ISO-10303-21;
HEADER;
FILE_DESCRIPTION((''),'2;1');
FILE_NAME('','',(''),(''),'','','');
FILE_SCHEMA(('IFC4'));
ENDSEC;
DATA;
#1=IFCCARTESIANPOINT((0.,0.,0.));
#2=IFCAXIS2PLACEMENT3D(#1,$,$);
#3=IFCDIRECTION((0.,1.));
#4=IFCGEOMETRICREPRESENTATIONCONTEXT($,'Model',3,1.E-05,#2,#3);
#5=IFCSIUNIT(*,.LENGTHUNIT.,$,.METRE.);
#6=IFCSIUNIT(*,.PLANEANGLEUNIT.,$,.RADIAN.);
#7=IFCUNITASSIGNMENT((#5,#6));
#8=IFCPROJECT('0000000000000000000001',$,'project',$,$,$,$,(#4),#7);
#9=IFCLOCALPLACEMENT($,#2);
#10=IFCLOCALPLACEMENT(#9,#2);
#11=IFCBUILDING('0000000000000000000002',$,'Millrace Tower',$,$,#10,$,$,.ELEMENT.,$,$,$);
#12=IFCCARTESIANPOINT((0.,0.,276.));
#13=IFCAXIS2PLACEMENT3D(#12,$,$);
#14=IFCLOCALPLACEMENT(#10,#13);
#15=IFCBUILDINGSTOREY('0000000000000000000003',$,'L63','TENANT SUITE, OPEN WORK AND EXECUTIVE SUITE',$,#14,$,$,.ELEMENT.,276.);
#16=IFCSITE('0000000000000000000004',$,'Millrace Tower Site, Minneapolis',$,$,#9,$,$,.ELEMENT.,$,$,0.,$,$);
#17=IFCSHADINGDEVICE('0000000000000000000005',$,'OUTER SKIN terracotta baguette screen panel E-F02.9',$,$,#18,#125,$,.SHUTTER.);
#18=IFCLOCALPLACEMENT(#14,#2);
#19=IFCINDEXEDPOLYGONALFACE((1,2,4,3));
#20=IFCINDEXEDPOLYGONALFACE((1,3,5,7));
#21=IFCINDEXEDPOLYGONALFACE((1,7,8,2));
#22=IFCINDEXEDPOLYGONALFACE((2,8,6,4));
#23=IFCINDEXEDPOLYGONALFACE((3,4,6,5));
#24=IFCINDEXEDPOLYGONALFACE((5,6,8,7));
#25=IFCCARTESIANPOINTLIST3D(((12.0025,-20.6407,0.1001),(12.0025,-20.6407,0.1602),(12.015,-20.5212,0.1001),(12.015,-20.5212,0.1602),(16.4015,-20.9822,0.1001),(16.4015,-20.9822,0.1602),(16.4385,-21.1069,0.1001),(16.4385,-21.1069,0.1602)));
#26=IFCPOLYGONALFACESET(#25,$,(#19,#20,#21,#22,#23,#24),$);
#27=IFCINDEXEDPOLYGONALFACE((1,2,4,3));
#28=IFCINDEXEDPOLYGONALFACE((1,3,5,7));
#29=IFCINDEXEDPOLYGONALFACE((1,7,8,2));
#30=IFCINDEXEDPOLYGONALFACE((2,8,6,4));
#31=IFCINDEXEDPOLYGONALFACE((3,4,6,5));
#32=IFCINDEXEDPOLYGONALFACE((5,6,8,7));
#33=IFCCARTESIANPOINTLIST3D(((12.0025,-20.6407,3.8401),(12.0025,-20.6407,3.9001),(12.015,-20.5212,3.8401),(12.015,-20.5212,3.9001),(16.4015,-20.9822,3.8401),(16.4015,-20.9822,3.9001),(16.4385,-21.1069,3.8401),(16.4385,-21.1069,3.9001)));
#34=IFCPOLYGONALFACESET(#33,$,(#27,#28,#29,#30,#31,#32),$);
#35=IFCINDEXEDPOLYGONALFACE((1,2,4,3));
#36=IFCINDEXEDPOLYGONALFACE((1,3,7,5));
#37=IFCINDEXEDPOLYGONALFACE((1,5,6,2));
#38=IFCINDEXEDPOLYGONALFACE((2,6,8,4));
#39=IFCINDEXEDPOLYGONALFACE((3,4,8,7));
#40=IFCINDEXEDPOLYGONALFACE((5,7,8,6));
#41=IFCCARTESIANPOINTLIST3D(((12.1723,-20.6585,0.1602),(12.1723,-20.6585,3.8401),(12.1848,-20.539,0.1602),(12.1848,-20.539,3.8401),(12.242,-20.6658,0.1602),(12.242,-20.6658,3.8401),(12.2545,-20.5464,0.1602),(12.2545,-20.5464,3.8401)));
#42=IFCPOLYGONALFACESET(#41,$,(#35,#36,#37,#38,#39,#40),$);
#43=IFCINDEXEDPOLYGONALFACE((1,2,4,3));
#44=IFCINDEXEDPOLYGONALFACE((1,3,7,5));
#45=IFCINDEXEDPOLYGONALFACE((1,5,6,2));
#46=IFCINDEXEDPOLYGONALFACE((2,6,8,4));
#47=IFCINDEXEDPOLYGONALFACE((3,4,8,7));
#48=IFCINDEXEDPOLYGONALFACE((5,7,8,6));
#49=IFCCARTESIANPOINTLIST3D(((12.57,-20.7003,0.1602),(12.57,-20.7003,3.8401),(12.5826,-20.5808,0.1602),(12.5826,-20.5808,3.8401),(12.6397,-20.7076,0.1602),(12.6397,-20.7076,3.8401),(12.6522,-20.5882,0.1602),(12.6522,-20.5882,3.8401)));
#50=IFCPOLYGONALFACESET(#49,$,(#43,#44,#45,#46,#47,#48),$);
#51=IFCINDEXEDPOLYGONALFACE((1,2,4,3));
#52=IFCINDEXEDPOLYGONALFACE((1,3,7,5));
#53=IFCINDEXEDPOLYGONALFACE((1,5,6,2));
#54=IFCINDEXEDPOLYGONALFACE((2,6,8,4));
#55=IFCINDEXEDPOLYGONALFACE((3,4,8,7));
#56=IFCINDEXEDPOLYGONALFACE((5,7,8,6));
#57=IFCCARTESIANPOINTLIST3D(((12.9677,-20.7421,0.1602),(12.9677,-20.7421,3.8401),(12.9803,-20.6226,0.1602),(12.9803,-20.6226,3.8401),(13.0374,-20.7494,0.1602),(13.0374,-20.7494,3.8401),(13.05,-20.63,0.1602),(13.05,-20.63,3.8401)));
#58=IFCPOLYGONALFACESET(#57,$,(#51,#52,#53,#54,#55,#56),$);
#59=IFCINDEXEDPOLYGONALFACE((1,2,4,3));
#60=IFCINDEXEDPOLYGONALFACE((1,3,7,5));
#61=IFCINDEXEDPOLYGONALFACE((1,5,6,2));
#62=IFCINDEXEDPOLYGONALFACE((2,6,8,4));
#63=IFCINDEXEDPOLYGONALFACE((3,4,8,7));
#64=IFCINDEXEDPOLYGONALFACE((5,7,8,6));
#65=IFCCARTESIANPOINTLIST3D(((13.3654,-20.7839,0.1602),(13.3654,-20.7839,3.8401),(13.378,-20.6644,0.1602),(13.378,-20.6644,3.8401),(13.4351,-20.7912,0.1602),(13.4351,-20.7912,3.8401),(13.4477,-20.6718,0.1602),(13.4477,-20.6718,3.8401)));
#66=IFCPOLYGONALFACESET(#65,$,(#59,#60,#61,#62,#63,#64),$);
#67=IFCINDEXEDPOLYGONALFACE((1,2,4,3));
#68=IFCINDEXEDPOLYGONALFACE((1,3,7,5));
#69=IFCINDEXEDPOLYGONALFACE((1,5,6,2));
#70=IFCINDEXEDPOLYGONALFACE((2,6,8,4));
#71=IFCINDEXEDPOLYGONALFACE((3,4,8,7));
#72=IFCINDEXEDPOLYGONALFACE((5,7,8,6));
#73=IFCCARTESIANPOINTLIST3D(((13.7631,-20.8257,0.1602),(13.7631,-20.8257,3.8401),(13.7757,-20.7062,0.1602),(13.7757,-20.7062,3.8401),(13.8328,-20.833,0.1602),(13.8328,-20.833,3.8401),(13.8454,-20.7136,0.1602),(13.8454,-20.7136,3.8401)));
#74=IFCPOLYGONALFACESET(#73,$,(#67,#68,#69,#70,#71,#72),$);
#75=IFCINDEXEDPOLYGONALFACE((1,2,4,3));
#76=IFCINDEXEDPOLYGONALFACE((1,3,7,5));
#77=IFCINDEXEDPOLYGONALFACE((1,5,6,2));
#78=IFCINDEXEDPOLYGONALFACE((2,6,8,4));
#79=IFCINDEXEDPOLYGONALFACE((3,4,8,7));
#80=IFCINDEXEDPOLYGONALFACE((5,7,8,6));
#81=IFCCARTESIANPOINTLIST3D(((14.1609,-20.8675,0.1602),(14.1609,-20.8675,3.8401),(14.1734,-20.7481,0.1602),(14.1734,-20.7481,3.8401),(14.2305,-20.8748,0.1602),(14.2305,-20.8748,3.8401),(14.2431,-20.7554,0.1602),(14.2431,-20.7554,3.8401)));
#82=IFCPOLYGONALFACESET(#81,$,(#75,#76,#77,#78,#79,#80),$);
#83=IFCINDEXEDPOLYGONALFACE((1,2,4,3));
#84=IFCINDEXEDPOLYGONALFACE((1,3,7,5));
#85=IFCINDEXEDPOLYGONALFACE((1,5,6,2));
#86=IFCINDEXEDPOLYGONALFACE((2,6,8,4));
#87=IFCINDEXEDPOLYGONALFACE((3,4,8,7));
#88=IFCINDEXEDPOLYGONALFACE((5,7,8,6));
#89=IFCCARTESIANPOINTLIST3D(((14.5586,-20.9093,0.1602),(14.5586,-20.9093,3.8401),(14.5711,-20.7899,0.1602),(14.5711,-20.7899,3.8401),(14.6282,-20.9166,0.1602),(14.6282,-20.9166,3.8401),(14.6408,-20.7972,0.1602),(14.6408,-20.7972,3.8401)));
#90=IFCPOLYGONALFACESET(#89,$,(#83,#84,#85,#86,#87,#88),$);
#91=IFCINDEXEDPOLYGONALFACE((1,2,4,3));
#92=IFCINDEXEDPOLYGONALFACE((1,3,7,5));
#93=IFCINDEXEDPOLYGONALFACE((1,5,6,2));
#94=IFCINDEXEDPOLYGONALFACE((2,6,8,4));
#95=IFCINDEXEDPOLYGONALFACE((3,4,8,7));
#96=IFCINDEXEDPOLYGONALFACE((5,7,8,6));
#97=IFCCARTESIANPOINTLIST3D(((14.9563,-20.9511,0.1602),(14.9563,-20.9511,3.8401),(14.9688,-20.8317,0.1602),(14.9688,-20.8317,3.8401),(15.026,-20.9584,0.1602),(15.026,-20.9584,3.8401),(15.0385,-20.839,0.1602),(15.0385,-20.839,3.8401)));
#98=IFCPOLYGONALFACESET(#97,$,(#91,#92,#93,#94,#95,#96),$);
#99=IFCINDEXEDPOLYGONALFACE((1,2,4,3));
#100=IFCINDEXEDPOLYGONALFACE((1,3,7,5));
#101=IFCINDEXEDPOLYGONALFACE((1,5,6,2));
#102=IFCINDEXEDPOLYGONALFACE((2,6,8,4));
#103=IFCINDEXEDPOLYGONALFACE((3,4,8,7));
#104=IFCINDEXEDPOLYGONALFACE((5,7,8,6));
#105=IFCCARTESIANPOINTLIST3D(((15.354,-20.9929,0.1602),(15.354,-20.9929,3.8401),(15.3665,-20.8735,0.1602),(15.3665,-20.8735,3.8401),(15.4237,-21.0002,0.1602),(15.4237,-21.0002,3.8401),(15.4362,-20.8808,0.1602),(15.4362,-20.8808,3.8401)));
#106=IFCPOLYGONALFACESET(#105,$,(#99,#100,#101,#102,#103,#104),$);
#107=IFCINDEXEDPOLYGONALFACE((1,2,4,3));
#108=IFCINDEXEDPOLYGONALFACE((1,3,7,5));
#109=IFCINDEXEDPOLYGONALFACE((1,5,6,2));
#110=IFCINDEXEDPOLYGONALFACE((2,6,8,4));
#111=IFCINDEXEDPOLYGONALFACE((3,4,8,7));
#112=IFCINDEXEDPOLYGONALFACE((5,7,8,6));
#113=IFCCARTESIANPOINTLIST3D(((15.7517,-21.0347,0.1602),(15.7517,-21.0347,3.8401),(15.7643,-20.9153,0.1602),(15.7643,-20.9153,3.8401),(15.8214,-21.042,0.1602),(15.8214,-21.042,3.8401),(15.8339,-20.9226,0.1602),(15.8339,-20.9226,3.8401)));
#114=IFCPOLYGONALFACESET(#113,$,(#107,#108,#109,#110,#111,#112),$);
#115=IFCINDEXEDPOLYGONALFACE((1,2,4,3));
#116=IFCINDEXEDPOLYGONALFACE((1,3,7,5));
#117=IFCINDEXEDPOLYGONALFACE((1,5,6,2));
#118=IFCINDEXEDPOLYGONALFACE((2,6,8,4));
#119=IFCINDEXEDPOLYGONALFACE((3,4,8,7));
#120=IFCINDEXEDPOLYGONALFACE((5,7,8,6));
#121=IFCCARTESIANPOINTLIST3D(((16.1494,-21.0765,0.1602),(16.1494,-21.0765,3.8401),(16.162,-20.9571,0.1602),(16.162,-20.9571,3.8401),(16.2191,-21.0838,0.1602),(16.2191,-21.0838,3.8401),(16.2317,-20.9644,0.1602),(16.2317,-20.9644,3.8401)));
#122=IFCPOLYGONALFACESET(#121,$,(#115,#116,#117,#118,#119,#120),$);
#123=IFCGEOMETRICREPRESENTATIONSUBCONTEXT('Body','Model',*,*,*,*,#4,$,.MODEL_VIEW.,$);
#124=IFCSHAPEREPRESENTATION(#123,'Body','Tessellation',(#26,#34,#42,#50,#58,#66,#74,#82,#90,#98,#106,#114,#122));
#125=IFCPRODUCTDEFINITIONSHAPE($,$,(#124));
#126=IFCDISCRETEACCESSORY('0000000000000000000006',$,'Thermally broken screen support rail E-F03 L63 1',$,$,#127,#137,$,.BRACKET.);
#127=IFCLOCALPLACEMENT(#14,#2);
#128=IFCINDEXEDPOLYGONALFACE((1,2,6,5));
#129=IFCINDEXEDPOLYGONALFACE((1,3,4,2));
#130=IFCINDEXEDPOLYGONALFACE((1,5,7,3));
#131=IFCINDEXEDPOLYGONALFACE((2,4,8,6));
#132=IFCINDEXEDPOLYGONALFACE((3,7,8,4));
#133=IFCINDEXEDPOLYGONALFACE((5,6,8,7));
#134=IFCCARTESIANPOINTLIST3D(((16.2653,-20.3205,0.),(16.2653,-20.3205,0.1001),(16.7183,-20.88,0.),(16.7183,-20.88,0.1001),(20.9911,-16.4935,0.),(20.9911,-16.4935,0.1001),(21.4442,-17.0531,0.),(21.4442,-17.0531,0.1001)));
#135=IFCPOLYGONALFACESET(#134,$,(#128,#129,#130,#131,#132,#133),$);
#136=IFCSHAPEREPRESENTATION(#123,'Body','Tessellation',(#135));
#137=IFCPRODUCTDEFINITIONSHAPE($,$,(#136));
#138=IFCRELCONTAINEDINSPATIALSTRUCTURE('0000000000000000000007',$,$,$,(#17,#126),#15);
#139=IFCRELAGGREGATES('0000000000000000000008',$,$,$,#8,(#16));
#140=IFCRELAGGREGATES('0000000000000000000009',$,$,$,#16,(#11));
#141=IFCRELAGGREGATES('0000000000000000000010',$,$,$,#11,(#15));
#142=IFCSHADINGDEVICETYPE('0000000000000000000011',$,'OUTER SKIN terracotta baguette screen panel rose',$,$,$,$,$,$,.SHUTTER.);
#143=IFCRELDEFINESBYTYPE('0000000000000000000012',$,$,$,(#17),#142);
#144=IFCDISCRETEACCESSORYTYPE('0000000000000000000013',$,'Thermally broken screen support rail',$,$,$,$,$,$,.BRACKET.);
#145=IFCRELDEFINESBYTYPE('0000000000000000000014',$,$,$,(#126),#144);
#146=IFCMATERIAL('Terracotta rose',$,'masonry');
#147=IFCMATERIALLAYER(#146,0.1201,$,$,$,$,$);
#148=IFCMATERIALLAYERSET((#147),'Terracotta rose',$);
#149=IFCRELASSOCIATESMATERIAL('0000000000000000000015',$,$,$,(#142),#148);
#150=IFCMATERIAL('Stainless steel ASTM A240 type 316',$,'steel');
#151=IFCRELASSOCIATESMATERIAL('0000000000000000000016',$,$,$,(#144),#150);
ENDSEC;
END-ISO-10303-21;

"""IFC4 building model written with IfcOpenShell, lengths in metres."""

from ifc_helpers import new_model, entity, si_unit, direction, frame, frame_2d, origin, origin_2d, place, context, subcontext, project, spatial, rectangle, extrude, source, transform, mapped, material, layer, layer_set, type_object, element, save


model = new_model("IFC4")

# Units and contexts
model_context = context("Model", 3, precision=1e-05, world=origin(), true_north=direction((0.0, 1.0)))
body_context = subcontext(model_context, "Body", "Model", "MODEL_VIEW")
ifc_project = project(units=[si_unit("LENGTHUNIT", "METRE"), si_unit("PLANEANGLEUNIT", "RADIAN")], contexts=[model_context])

# Site, building, storey
site_placement = place(None, origin())
site = spatial("IfcSite", under=ifc_project, at=site_placement, Name="Millrace Tower Site, Minneapolis", CompositionType="ELEMENT", RefElevation=0.0)
building_placement = place(site_placement, origin())
building = spatial("IfcBuilding", under=site, at=building_placement, Name="Millrace Tower", CompositionType="ELEMENT")
storey_placement = place(building_placement, frame((0.0, 0.0, 276.0)))
storey = spatial("IfcBuildingStorey", under=building, at=storey_placement, Name="L63", Description="TENANT SUITE, OPEN WORK AND EXECUTIVE SUITE", CompositionType="ELEMENT", Elevation=276.0)

# Shading device
ifc_material_1 = material(Name="Terracotta rose", Category="masonry")
ifc_layer_1 = layer(ifc_material_1, 0.1201)
ifc_layer_set_1 = layer_set([ifc_layer_1], Name="Terracotta rose")
shading_device_type = type_object("IfcShadingDeviceType", Name="OUTER SKIN terracotta baguette screen panel rose", PredefinedType="SHUTTER", material=ifc_layer_set_1)
cartesian_point_1 = entity("IfcCartesianPoint", [-2.2178, 0.0601])
shared_polyline_1 = entity("IfcPolyline", [cartesian_point_1, entity("IfcCartesianPoint", [2.1929, 0.0601]), entity("IfcCartesianPoint", [2.2427, -0.0601]), entity("IfcCartesianPoint", [-2.2178, -0.0601]), cartesian_point_1])
shared_shape_1 = source(origin(), body_context, "Body", "SweptSolid", [
    entity("IfcExtrudedAreaSolid", entity("IfcArbitraryClosedProfileDef", "AREA", None, shared_polyline_1), entity("IfcAxis2Placement3D", entity("IfcCartesianPoint", [0.0, 0.0, 0.0])), entity("IfcDirection", [0.0, 0.0, 1.0]), 0.0601),
    entity("IfcExtrudedAreaSolid", entity("IfcArbitraryClosedProfileDef", "AREA", None, shared_polyline_1), entity("IfcAxis2Placement3D", entity("IfcCartesianPoint", [0.0, 0.0, 3.74])), entity("IfcDirection", [0.0, 0.0, 1.0]), 0.0601),
    extrude(rectangle(XDim=0.0701, YDim=0.1201, at=frame_2d((-2.012, 0.0))), frame((0.0, 0.0, 0.0601)), (0.0, 0.0, 1.0), 3.6799),
    extrude(rectangle(XDim=0.0701, YDim=0.1201, at=frame_2d((-1.6121, 0.0))), frame((0.0, 0.0, 0.0601)), (0.0, 0.0, 1.0), 3.6799),
    extrude(rectangle(XDim=0.0701, YDim=0.1201, at=frame_2d((-1.2122, 0.0))), frame((0.0, 0.0, 0.0601)), (0.0, 0.0, 1.0), 3.6799),
    extrude(rectangle(XDim=0.0701, YDim=0.1201, at=frame_2d((-0.8123, 0.0))), frame((0.0, 0.0, 0.0601)), (0.0, 0.0, 1.0), 3.6799),
    extrude(rectangle(XDim=0.0701, YDim=0.1201, at=frame_2d((-0.4124, 0.0))), frame((0.0, 0.0, 0.0601)), (0.0, 0.0, 1.0), 3.6799),
    extrude(rectangle(XDim=0.0701, YDim=0.1201, at=frame_2d((-0.0125, 0.0))), frame((0.0, 0.0, 0.0601)), (0.0, 0.0, 1.0), 3.6799),
    extrude(rectangle(XDim=0.0701, YDim=0.1201, at=frame_2d((0.3875, 0.0))), frame((0.0, 0.0, 0.0601)), (0.0, 0.0, 1.0), 3.6799),
    extrude(rectangle(XDim=0.0701, YDim=0.1201, at=frame_2d((0.7874, 0.0))), frame((0.0, 0.0, 0.0601)), (0.0, 0.0, 1.0), 3.6799),
    extrude(rectangle(XDim=0.0701, YDim=0.1201, at=frame_2d((1.1873, 0.0))), frame((0.0, 0.0, 0.0601)), (0.0, 0.0, 1.0), 3.6799),
    extrude(rectangle(XDim=0.0701, YDim=0.1201, at=frame_2d((1.5872, 0.0))), frame((0.0, 0.0, 0.0601)), (0.0, 0.0, 1.0), 3.6799),
    extrude(rectangle(XDim=0.0701, YDim=0.1201, at=frame_2d((1.9871, 0.0))), frame((0.0, 0.0, 0.0601)), (0.0, 0.0, 1.0), 3.6799),
])
shading_device_1_placement = place(storey_placement, frame((14.2144, -20.8127, 0.1001), z_axis=(0.0, 0.0, 1.0), x_axis=(0.994522, -0.104528, 0.0)))
element("IfcShadingDevice", 1, at=shading_device_1_placement, inside=storey, type_object=shading_device_type, Name="OUTER SKIN terracotta baguette screen panel E-F02.9", PredefinedType="SHUTTER", context=body_context, shape_type="MappedRepresentation", body=[
    mapped(shared_shape_1, transform((0.0, 0.0, 0.0), scale=1.0)),
])

# Discrete accessory
ifc_material_2 = material(Name="Stainless steel ASTM A240 type 316", Category="steel")
discrete_accessory_type = type_object("IfcDiscreteAccessoryType", Name="Thermally broken screen support rail", PredefinedType="BRACKET", material=ifc_material_2)
discrete_accessory_placement = place(storey_placement, frame((18.8547, -18.6868, 0.0), z_axis=(0.0, 0.0, 1.0), x_axis=(0.777146, 0.62932, 0.0)))
element("IfcDiscreteAccessory", 2, at=discrete_accessory_placement, inside=storey, type_object=discrete_accessory_type, Name="Thermally broken screen support rail E-F03 L63 1", PredefinedType="BRACKET", context=body_context, shape_type="SweptSolid", body=[
    extrude(rectangle(XDim=6.0811, YDim=0.72, at=origin_2d()), origin(), (0.0, 0.0, 1.0), 0.1001),
])

save(model, "model.ifc")
